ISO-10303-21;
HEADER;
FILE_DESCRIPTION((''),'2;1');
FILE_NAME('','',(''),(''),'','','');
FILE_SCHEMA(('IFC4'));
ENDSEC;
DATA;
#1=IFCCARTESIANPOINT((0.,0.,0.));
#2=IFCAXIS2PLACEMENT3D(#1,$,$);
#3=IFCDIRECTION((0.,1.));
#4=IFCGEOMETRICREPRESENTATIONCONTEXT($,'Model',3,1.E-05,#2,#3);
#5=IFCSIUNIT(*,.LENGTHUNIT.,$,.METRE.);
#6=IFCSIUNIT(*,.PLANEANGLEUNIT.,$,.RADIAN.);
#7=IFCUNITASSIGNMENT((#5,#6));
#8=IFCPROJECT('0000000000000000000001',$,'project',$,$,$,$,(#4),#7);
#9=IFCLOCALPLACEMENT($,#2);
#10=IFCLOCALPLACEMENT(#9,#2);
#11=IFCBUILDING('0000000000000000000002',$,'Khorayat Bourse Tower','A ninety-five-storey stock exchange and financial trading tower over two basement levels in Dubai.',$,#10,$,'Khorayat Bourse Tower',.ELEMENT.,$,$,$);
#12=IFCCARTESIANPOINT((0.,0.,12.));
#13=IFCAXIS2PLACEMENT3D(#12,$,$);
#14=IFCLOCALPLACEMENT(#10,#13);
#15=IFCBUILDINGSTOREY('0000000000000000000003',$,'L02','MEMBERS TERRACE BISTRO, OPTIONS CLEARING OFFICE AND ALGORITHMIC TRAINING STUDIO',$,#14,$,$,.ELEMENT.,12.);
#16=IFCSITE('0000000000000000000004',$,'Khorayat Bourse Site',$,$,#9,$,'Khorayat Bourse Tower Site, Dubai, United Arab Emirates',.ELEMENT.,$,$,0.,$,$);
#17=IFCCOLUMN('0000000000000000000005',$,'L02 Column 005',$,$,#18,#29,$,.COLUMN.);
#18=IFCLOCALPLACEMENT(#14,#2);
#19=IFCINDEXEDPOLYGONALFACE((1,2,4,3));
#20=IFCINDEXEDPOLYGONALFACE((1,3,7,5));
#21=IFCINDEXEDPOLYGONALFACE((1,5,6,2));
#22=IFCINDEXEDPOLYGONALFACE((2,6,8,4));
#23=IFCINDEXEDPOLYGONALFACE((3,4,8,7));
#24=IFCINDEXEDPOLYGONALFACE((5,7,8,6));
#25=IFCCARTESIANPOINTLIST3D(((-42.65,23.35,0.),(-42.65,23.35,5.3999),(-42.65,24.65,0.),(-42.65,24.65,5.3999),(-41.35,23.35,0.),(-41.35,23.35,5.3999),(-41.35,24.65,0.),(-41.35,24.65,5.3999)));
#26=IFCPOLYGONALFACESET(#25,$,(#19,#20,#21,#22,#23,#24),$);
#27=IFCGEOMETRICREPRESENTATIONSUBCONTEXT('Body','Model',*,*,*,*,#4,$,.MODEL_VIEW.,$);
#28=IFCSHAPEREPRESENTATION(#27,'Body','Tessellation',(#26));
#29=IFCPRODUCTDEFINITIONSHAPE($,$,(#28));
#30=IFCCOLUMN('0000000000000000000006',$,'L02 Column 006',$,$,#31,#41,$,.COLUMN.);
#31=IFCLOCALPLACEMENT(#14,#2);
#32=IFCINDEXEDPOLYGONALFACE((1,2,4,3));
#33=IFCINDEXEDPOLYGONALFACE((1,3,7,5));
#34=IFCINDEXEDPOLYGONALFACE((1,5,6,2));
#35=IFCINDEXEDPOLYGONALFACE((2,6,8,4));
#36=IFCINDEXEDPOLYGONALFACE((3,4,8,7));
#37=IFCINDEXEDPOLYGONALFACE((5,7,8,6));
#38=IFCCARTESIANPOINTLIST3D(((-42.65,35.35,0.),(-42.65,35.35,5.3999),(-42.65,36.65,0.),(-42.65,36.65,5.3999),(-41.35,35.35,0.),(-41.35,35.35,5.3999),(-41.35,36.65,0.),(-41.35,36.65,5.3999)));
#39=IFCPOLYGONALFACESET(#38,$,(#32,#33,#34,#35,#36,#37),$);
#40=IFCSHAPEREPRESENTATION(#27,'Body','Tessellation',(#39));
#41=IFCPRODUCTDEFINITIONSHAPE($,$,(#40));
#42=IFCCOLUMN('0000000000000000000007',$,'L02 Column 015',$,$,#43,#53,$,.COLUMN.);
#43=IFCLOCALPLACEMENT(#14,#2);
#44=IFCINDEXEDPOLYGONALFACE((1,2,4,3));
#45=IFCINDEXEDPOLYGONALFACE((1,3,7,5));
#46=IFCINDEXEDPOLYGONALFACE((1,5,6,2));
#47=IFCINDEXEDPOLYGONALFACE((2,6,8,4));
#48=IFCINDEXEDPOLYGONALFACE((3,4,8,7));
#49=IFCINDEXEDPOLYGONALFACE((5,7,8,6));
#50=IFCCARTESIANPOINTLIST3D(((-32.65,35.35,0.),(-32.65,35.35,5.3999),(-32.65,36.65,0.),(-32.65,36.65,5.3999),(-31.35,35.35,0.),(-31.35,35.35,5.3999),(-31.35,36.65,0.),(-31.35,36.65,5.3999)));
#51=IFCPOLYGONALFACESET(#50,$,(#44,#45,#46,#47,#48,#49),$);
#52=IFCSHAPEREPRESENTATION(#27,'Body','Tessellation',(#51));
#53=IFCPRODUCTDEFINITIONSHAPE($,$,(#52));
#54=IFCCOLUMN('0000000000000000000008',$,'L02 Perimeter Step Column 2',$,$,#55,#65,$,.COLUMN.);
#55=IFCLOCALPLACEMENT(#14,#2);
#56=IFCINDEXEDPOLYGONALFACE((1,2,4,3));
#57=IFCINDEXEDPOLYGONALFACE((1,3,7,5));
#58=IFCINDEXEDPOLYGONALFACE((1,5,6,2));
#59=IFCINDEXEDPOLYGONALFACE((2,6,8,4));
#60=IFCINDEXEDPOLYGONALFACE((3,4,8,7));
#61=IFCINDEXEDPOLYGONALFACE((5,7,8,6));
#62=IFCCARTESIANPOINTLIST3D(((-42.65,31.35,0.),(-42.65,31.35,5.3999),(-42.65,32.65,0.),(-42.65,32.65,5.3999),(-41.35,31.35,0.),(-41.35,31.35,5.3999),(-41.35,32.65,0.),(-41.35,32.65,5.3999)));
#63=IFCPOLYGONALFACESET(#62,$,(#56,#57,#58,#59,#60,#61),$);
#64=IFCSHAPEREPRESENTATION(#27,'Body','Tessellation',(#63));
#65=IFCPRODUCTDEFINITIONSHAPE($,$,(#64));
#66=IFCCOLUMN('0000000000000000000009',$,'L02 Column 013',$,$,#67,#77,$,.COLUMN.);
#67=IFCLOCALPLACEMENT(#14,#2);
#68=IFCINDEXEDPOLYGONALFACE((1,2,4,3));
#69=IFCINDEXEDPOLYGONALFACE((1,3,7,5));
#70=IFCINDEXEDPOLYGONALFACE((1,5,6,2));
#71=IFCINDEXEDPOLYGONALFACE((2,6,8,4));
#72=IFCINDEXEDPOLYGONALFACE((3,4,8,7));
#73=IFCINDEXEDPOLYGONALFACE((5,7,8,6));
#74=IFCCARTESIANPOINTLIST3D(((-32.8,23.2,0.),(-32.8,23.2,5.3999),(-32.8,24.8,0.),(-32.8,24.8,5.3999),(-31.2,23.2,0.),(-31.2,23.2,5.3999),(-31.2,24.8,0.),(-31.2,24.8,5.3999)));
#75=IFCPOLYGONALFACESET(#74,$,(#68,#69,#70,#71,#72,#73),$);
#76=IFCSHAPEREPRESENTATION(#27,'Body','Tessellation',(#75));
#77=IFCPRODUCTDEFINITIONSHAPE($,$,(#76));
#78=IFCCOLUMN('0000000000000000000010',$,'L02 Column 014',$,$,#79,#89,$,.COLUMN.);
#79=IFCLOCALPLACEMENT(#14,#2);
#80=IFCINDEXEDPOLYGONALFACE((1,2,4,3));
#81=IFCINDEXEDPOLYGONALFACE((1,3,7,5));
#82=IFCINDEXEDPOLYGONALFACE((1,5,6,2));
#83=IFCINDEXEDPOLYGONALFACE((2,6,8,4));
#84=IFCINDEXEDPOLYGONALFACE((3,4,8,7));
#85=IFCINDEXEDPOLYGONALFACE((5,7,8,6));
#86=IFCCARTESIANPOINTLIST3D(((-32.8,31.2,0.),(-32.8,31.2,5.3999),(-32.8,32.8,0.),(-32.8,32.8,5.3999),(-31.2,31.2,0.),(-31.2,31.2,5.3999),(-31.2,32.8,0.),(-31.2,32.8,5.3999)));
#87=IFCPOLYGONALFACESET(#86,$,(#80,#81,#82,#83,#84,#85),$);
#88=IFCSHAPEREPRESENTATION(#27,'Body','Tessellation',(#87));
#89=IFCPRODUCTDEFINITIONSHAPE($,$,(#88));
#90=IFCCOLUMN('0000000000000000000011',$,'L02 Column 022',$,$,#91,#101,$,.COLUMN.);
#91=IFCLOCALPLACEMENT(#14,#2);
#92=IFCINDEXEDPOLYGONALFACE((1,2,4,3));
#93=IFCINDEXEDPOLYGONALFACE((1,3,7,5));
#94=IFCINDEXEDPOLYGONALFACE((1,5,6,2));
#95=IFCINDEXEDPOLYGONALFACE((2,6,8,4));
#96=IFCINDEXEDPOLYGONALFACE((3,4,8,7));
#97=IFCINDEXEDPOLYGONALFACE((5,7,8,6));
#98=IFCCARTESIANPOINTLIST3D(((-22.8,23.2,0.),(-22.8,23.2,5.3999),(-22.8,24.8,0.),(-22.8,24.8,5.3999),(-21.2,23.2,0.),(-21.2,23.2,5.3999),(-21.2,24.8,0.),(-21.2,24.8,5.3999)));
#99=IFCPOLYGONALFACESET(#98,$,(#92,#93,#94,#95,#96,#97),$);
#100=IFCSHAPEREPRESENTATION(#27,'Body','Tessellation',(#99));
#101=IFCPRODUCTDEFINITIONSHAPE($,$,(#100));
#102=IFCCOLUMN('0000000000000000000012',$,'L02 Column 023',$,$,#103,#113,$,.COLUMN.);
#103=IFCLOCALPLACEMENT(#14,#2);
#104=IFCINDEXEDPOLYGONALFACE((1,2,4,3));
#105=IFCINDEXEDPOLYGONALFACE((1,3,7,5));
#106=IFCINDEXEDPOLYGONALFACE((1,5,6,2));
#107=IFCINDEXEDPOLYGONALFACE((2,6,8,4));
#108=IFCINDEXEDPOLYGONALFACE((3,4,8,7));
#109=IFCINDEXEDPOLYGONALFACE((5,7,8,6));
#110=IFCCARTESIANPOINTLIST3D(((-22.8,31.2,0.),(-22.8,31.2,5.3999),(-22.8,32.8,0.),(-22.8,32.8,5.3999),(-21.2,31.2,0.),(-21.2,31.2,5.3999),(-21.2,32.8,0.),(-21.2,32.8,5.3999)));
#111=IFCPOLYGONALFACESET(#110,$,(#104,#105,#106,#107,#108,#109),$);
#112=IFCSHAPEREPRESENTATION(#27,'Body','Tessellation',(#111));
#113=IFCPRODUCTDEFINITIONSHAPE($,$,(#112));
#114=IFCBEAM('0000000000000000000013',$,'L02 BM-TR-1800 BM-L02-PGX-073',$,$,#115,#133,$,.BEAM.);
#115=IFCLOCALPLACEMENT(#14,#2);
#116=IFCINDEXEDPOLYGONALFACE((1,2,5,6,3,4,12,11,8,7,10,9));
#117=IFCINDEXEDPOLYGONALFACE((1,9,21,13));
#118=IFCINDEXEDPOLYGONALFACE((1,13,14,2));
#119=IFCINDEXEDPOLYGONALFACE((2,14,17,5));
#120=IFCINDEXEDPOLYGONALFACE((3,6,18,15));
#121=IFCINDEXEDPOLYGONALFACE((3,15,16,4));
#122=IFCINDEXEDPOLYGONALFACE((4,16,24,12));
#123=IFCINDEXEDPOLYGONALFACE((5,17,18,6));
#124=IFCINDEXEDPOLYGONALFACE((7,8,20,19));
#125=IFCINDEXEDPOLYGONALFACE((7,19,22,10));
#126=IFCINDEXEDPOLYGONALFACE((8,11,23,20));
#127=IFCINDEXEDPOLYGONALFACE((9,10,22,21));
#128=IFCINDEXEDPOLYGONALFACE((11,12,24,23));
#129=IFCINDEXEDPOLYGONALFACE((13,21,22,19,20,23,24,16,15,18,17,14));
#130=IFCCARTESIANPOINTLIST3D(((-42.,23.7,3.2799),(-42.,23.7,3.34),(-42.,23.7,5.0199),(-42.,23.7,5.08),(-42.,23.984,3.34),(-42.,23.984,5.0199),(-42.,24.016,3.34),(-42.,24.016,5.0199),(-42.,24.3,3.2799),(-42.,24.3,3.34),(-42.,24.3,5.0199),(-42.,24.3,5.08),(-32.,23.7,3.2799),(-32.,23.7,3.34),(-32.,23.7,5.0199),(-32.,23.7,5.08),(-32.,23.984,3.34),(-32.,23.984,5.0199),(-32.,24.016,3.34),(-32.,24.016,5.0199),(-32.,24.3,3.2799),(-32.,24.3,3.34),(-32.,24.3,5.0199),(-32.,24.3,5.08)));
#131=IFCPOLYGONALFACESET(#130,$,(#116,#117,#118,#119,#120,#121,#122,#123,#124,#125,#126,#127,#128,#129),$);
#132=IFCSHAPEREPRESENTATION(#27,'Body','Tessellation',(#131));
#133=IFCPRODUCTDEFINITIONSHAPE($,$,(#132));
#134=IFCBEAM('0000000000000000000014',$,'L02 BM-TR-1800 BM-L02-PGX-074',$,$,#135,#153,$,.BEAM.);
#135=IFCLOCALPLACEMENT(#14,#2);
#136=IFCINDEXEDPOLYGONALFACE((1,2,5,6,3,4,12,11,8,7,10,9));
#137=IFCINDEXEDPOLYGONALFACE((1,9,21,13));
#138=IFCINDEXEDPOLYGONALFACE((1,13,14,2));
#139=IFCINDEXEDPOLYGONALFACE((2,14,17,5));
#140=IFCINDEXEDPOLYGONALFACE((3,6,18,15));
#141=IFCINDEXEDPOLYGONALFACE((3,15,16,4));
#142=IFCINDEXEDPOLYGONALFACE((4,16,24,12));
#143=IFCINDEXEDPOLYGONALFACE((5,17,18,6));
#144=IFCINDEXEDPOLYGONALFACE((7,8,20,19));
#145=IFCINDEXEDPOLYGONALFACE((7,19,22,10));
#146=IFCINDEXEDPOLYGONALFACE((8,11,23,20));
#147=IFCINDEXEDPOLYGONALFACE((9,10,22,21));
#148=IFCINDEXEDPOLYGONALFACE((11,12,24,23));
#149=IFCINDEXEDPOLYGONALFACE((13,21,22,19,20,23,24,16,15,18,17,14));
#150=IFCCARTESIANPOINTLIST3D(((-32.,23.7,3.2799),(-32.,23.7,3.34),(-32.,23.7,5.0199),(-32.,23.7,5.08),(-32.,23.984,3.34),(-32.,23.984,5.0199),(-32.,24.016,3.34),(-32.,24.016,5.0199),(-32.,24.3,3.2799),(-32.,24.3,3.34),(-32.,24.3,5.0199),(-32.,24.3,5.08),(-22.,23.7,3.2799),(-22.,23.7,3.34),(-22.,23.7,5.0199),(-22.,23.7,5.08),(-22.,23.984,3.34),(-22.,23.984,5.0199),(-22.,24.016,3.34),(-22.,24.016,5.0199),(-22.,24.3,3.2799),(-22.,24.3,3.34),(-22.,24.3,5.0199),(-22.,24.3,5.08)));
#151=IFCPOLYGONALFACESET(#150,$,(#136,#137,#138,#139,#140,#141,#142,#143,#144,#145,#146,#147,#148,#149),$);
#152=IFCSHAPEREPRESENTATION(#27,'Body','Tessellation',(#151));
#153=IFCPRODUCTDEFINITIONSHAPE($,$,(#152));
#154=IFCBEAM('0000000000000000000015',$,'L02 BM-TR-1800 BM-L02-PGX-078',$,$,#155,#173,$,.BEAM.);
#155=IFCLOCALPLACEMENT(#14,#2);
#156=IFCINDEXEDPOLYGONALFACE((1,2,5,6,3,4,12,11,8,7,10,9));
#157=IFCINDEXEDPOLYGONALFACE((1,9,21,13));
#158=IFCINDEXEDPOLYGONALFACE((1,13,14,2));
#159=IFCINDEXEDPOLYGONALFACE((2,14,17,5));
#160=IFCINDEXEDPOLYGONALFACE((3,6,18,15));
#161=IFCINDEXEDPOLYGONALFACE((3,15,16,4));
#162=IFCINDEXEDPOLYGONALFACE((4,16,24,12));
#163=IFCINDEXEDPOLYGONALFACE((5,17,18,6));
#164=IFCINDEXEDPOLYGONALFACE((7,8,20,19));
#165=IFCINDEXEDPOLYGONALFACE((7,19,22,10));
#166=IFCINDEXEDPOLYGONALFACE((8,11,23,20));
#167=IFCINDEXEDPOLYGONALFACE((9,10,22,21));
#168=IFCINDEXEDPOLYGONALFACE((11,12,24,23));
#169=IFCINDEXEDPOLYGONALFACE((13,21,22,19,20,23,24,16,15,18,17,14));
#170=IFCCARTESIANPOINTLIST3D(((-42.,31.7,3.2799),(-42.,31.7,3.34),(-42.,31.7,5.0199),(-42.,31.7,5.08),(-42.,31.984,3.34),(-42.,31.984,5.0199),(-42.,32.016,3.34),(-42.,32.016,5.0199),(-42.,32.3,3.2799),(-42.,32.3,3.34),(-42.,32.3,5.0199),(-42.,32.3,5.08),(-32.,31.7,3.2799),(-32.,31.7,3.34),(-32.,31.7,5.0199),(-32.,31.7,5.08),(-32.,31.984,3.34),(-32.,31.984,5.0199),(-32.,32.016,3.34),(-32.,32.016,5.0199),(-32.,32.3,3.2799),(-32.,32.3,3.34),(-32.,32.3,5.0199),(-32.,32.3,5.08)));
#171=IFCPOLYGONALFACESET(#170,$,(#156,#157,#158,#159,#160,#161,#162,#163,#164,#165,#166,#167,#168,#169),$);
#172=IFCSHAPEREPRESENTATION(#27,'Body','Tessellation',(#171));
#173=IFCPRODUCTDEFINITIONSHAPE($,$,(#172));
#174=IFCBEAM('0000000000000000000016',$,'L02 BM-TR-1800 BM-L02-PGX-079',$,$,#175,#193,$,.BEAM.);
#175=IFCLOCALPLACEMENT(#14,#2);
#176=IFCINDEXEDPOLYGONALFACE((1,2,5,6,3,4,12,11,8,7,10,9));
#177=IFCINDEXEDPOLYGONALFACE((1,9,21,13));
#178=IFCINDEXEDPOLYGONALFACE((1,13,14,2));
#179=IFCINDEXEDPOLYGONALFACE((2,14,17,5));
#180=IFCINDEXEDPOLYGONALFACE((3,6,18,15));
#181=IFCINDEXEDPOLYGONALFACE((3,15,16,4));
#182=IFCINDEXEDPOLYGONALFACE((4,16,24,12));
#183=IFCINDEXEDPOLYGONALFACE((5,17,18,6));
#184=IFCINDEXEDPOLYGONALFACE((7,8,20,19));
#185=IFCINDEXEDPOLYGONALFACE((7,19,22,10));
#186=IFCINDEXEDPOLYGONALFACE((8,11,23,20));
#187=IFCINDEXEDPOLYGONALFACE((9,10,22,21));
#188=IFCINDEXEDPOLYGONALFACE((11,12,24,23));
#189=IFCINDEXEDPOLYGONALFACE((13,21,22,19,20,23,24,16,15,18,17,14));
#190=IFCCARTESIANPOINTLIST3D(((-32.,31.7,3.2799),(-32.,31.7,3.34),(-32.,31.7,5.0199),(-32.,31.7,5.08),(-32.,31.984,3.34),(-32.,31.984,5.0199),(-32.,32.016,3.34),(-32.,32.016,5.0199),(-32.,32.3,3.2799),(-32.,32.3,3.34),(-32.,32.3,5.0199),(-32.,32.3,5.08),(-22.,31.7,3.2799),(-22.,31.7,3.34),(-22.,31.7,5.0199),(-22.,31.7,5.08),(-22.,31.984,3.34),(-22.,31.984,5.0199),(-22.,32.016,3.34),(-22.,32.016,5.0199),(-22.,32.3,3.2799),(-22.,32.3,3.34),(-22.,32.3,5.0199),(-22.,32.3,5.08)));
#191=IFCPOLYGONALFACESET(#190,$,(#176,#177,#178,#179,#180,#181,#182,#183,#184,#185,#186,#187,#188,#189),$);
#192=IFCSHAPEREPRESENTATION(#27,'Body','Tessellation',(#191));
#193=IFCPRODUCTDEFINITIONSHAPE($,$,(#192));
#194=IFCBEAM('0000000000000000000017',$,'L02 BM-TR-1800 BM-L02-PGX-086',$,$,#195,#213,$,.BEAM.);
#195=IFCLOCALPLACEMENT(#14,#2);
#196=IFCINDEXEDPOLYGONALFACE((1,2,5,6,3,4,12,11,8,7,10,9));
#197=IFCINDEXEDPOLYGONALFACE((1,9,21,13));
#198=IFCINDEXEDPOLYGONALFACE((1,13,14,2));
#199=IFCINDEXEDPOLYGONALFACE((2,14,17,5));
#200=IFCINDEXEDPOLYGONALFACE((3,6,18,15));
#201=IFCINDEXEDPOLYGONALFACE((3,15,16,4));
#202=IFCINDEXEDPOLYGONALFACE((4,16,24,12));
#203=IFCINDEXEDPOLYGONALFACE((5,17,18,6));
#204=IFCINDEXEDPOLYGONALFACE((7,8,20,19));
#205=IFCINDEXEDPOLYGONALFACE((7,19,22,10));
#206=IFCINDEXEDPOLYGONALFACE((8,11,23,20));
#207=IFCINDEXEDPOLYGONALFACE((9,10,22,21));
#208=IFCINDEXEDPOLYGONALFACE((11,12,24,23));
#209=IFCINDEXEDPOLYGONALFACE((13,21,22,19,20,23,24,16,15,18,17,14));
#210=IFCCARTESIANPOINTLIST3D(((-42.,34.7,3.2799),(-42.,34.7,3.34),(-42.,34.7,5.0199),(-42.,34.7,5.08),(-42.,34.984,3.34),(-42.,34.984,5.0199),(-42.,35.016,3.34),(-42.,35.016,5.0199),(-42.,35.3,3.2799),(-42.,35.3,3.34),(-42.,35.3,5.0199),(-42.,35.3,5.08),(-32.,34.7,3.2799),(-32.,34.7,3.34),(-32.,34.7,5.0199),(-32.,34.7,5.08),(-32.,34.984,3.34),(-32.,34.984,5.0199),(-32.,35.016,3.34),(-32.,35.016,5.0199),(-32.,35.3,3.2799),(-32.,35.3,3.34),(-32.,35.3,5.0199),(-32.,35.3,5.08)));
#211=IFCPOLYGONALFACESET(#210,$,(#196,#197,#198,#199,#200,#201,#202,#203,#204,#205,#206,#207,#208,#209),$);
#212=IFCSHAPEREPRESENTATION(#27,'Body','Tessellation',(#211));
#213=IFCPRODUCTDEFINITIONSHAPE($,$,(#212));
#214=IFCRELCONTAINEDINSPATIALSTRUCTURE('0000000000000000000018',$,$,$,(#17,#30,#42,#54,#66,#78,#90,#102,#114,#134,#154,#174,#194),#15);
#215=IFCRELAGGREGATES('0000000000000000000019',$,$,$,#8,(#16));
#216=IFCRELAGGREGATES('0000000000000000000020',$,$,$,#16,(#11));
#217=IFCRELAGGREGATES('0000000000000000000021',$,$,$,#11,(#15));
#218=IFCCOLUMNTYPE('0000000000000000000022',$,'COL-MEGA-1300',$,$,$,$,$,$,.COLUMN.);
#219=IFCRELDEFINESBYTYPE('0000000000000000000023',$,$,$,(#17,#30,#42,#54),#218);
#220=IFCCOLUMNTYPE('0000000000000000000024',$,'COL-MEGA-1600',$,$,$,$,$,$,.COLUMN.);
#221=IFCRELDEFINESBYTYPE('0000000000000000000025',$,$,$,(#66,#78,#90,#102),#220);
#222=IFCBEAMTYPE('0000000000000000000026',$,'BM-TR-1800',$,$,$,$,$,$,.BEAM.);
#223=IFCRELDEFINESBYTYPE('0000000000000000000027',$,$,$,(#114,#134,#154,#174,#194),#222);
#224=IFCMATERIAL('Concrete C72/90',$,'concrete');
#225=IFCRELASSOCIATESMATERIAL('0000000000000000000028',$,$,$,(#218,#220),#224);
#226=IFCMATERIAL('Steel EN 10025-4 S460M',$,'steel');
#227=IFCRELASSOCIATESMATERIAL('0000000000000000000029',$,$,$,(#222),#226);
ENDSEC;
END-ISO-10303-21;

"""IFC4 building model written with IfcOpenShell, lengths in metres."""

from ifc_helpers import new_model, si_unit, direction, frame, origin, origin_2d, place, context, subcontext, project, spatial, rectangle, i_section, extrude, source, transform, mapped, material, material_profile, profile_set, type_object, element, save


model = new_model("IFC4")

# Units and contexts
model_context = context("Model", 3, precision=1e-05, world=origin(), true_north=direction((0.0, 1.0)))
body_context = subcontext(model_context, "Body", "Model", "MODEL_VIEW")
ifc_project = project(units=[si_unit("LENGTHUNIT", "METRE"), si_unit("PLANEANGLEUNIT", "RADIAN")], contexts=[model_context])

# Site, building, storey
site_placement = place(None, origin())
site = spatial("IfcSite", under=ifc_project, at=site_placement, Name="Khorayat Bourse Site", LongName="Khorayat Bourse Tower Site, Dubai, United Arab Emirates", CompositionType="ELEMENT", RefElevation=0.0)
building_placement = place(site_placement, origin())
building = spatial("IfcBuilding", under=site, at=building_placement, Name="Khorayat Bourse Tower", Description="A ninety-five-storey stock exchange and financial trading tower over two basement levels in Dubai.", LongName="Khorayat Bourse Tower", CompositionType="ELEMENT")
storey_placement = place(building_placement, frame((0.0, 0.0, 12.0)))
storey = spatial("IfcBuildingStorey", under=building, at=storey_placement, Name="L02", Description="MEMBERS TERRACE BISTRO, OPTIONS CLEARING OFFICE AND ALGORITHMIC TRAINING STUDIO", CompositionType="ELEMENT", Elevation=12.0)

# Columns
ifc_material_1 = material(Name="Concrete C72/90", Category="concrete")
ifc_material_profile_1 = material_profile(ifc_material_1, rectangle(XDim=1.3, YDim=1.3, at=origin_2d()), Name="RC 1300x1300")
ifc_profile_set_1 = profile_set([ifc_material_profile_1], Name="Concrete C72/90")
column_type_1 = type_object("IfcColumnType", Name="COL-MEGA-1300", PredefinedType="COLUMN", material=ifc_profile_set_1)
shared_shape_1 = source(origin(), body_context, "Body", "SweptSolid", [
    extrude(rectangle(XDim=1.3, YDim=1.3, at=origin_2d()), origin(), (0.0, 0.0, 1.0), 5.3999),
])
for number, where, z_axis, x_axis, name in (
    (1, (-42.0, 24.0, 0.0), (0.0, 0.0, 1.0), (1.0, 0.0, 0.0), "L02 Column 005"),
    (2, (-42.0, 36.0, 0.0), (0.0, 0.0, 1.0), (1.0, 0.0, 0.0), "L02 Column 006"),
    (3, (-32.0, 36.0, 0.0), (0.0, 0.0, 1.0), (1.0, 0.0, 0.0), "L02 Column 015"),
    (4, (-42.0, 32.0, 0.0), (0.0, 0.0, 1.0), (1.0, 0.0, 0.0), "L02 Perimeter Step Column 2"),
):
    element("IfcColumn", number, at=place(storey_placement, frame(where, z_axis=z_axis, x_axis=x_axis)), inside=storey, type_object=column_type_1, Name=name, PredefinedType="COLUMN", context=body_context, shape_type="MappedRepresentation", body=[
        mapped(shared_shape_1, transform((0.0, 0.0, 0.0), scale=1.0)),
    ])
ifc_material_profile_2 = material_profile(ifc_material_1, rectangle(XDim=1.6001, YDim=1.6001, at=origin_2d()), Name="RC 1600x1600")
ifc_profile_set_2 = profile_set([ifc_material_profile_2], Name="Concrete C72/90")
column_type_2 = type_object("IfcColumnType", Name="COL-MEGA-1600", PredefinedType="COLUMN", material=ifc_profile_set_2)
shared_shape_2 = source(origin(), body_context, "Body", "SweptSolid", [
    extrude(rectangle(XDim=1.6001, YDim=1.6001, at=origin_2d()), origin(), (0.0, 0.0, 1.0), 5.3999),
])
for number, where, z_axis, x_axis, name in (
    (5, (-32.0, 24.0, 0.0), (0.0, 0.0, 1.0), (1.0, 0.0, 0.0), "L02 Column 013"),
    (6, (-32.0, 32.0, 0.0), (0.0, 0.0, 1.0), (1.0, 0.0, 0.0), "L02 Column 014"),
    (7, (-22.0, 24.0, 0.0), (0.0, 0.0, 1.0), (1.0, 0.0, 0.0), "L02 Column 022"),
    (8, (-22.0, 32.0, 0.0), (0.0, 0.0, 1.0), (1.0, 0.0, 0.0), "L02 Column 023"),
):
    element("IfcColumn", number, at=place(storey_placement, frame(where, z_axis=z_axis, x_axis=x_axis)), inside=storey, type_object=column_type_2, Name=name, PredefinedType="COLUMN", context=body_context, shape_type="MappedRepresentation", body=[
        mapped(shared_shape_2, transform((0.0, 0.0, 0.0), scale=1.0)),
    ])

# Beams
ifc_material_2 = material(Name="Steel EN 10025-4 S460M", Category="steel")
ifc_material_profile_3 = material_profile(ifc_material_2, i_section(OverallWidth=0.6001, OverallDepth=1.8, WebThickness=0.032, FlangeThickness=0.0601, at=origin_2d()), Name="PG 1800x600x32x60")
ifc_profile_set_3 = profile_set([ifc_material_profile_3], Name="Steel EN 10025-4 S460M")
beam_type_1 = type_object("IfcBeamType", Name="BM-TR-1800", PredefinedType="BEAM", material=ifc_profile_set_3)
shared_shape_3 = source(origin(), body_context, "Body", "SweptSolid", [
    extrude(i_section(OverallWidth=0.6001, OverallDepth=1.8, WebThickness=0.032, FlangeThickness=0.0601, at=origin_2d()), origin(), (0.0, 0.0, 1.0), 10.0),
])
for number, where, z_axis, x_axis, name in (
    (9, (-42.0, 24.0, 4.1799), (1.0, 0.0, 0.0), (0.0, 1.0, 0.0), "L02 BM-TR-1800 BM-L02-PGX-073"),
    (10, (-32.0, 24.0, 4.1799), (1.0, 0.0, 0.0), (0.0, 1.0, 0.0), "L02 BM-TR-1800 BM-L02-PGX-074"),
    (11, (-42.0, 32.0, 4.1799), (1.0, 0.0, 0.0), (0.0, 1.0, 0.0), "L02 BM-TR-1800 BM-L02-PGX-078"),
    (12, (-32.0, 32.0, 4.1799), (1.0, 0.0, 0.0), (0.0, 1.0, 0.0), "L02 BM-TR-1800 BM-L02-PGX-079"),
    (13, (-42.0, 35.0, 4.1799), (1.0, 0.0, 0.0), (0.0, 1.0, 0.0), "L02 BM-TR-1800 BM-L02-PGX-086"),
):
    element("IfcBeam", number, at=place(storey_placement, frame(where, z_axis=z_axis, x_axis=x_axis)), inside=storey, type_object=beam_type_1, Name=name, PredefinedType="BEAM", context=body_context, shape_type="MappedRepresentation", body=[
        mapped(shared_shape_3, transform((0.0, 0.0, 0.0), scale=1.0)),
    ])

save(model, "model.ifc")
